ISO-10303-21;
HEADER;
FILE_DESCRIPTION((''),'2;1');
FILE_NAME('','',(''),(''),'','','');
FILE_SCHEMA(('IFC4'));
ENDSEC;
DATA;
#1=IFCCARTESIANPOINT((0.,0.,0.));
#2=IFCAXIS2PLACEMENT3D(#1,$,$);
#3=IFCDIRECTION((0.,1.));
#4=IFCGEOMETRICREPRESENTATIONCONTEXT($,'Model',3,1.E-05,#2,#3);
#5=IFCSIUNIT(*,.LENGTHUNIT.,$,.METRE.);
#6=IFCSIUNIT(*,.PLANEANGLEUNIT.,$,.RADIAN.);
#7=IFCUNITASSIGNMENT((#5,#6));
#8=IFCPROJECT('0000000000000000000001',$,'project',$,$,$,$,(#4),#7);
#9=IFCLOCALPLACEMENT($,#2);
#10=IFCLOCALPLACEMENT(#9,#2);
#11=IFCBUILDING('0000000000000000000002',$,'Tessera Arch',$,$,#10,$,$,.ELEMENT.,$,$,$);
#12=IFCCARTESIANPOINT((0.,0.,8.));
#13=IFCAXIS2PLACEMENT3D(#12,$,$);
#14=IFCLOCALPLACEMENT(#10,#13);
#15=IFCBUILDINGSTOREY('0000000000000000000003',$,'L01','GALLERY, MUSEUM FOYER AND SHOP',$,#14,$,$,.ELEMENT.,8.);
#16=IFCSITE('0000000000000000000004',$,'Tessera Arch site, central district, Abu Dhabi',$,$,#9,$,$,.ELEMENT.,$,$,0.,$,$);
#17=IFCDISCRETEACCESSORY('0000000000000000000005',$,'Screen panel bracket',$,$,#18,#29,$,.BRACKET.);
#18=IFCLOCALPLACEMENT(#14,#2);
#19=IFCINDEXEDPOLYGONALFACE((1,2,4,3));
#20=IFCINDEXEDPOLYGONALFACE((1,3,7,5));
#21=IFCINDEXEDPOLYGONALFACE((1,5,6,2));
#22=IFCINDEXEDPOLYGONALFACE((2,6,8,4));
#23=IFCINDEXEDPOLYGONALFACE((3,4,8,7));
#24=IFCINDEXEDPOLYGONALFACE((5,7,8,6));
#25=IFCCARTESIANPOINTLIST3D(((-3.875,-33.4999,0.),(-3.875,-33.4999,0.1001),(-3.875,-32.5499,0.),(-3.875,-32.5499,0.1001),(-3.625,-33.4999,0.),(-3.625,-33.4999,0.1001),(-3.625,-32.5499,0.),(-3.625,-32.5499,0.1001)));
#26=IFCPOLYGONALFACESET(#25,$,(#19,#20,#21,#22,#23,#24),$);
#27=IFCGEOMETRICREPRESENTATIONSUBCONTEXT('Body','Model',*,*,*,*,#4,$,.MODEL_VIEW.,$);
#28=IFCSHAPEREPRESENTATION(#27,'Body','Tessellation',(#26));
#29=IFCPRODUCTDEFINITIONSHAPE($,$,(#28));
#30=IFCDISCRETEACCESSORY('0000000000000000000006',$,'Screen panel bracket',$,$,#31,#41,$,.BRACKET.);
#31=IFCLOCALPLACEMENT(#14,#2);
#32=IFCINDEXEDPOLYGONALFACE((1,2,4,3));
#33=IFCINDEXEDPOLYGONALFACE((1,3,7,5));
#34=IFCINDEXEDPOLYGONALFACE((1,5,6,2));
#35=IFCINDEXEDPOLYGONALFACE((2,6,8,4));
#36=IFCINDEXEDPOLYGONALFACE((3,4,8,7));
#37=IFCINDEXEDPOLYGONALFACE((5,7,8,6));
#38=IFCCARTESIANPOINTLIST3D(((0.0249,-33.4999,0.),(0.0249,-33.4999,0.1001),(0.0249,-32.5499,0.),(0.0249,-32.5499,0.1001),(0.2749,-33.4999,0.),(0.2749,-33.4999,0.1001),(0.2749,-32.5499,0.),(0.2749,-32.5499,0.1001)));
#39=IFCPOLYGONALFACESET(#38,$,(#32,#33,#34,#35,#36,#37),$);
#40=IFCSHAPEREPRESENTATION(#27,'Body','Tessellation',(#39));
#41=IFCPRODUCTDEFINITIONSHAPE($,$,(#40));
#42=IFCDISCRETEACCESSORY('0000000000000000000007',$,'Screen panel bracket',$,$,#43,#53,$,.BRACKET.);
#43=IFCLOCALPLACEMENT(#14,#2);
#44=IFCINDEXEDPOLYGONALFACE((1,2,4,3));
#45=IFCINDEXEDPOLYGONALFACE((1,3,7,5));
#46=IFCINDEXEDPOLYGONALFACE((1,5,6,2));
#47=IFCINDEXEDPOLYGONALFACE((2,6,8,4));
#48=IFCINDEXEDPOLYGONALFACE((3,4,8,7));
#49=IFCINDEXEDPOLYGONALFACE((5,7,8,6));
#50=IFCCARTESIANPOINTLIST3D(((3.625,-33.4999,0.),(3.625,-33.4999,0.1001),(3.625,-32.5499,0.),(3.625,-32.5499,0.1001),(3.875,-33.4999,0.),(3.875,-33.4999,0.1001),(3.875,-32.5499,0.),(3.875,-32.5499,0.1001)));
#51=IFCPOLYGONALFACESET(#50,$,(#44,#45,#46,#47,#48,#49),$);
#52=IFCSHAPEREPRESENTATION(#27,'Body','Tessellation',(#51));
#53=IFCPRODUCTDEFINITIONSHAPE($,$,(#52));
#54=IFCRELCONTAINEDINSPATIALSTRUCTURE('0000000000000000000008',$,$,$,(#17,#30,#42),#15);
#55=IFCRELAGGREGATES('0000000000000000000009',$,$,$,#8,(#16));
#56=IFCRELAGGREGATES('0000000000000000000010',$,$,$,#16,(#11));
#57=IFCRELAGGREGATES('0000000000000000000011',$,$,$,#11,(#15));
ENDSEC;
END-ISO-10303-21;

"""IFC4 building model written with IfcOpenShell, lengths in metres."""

from ifc_helpers import new_model, si_unit, direction, frame, origin, origin_2d, place, context, subcontext, project, spatial, rectangle, extrude, element, save


model = new_model("IFC4")

# Units and contexts
model_context = context("Model", 3, precision=1e-05, world=origin(), true_north=direction((0.0, 1.0)))
body_context = subcontext(model_context, "Body", "Model", "MODEL_VIEW")
ifc_project = project(units=[si_unit("LENGTHUNIT", "METRE"), si_unit("PLANEANGLEUNIT", "RADIAN")], contexts=[model_context])

# Site, building, storey
site_placement = place(None, origin())
site = spatial("IfcSite", under=ifc_project, at=site_placement, Name="Tessera Arch site, central district, Abu Dhabi", CompositionType="ELEMENT", RefElevation=0.0)
building_placement = place(site_placement, origin())
building = spatial("IfcBuilding", under=site, at=building_placement, Name="Tessera Arch", CompositionType="ELEMENT")
storey_placement = place(building_placement, frame((0.0, 0.0, 8.0)))
storey = spatial("IfcBuildingStorey", under=building, at=storey_placement, Name="L01", Description="GALLERY, MUSEUM FOYER AND SHOP", CompositionType="ELEMENT", Elevation=8.0)

# Discrete accessories
for number, where, z_axis, x_axis, name in (
    (1, (-3.75, -33.0249, 0.0), (0.0, 0.0, 1.0), (0.0, -1.0, 0.0), "Screen panel bracket"),
    (2, (0.1499, -33.0249, 0.0), (0.0, 0.0, 1.0), (0.0, -1.0, 0.0), "Screen panel bracket"),
    (3, (3.75, -33.0249, 0.0), (0.0, 0.0, 1.0), (0.0, -1.0, 0.0), "Screen panel bracket"),
):
    element("IfcDiscreteAccessory", number, at=place(storey_placement, frame(where, z_axis=z_axis, x_axis=x_axis)), inside=storey, Name=name, PredefinedType="BRACKET", context=body_context, shape_type="SweptSolid", body=[
        extrude(rectangle(XDim=0.95, YDim=0.25, at=origin_2d()), origin(), (0.0, 0.0, 1.0), 0.1001),
    ])

save(model, "model.ifc")
